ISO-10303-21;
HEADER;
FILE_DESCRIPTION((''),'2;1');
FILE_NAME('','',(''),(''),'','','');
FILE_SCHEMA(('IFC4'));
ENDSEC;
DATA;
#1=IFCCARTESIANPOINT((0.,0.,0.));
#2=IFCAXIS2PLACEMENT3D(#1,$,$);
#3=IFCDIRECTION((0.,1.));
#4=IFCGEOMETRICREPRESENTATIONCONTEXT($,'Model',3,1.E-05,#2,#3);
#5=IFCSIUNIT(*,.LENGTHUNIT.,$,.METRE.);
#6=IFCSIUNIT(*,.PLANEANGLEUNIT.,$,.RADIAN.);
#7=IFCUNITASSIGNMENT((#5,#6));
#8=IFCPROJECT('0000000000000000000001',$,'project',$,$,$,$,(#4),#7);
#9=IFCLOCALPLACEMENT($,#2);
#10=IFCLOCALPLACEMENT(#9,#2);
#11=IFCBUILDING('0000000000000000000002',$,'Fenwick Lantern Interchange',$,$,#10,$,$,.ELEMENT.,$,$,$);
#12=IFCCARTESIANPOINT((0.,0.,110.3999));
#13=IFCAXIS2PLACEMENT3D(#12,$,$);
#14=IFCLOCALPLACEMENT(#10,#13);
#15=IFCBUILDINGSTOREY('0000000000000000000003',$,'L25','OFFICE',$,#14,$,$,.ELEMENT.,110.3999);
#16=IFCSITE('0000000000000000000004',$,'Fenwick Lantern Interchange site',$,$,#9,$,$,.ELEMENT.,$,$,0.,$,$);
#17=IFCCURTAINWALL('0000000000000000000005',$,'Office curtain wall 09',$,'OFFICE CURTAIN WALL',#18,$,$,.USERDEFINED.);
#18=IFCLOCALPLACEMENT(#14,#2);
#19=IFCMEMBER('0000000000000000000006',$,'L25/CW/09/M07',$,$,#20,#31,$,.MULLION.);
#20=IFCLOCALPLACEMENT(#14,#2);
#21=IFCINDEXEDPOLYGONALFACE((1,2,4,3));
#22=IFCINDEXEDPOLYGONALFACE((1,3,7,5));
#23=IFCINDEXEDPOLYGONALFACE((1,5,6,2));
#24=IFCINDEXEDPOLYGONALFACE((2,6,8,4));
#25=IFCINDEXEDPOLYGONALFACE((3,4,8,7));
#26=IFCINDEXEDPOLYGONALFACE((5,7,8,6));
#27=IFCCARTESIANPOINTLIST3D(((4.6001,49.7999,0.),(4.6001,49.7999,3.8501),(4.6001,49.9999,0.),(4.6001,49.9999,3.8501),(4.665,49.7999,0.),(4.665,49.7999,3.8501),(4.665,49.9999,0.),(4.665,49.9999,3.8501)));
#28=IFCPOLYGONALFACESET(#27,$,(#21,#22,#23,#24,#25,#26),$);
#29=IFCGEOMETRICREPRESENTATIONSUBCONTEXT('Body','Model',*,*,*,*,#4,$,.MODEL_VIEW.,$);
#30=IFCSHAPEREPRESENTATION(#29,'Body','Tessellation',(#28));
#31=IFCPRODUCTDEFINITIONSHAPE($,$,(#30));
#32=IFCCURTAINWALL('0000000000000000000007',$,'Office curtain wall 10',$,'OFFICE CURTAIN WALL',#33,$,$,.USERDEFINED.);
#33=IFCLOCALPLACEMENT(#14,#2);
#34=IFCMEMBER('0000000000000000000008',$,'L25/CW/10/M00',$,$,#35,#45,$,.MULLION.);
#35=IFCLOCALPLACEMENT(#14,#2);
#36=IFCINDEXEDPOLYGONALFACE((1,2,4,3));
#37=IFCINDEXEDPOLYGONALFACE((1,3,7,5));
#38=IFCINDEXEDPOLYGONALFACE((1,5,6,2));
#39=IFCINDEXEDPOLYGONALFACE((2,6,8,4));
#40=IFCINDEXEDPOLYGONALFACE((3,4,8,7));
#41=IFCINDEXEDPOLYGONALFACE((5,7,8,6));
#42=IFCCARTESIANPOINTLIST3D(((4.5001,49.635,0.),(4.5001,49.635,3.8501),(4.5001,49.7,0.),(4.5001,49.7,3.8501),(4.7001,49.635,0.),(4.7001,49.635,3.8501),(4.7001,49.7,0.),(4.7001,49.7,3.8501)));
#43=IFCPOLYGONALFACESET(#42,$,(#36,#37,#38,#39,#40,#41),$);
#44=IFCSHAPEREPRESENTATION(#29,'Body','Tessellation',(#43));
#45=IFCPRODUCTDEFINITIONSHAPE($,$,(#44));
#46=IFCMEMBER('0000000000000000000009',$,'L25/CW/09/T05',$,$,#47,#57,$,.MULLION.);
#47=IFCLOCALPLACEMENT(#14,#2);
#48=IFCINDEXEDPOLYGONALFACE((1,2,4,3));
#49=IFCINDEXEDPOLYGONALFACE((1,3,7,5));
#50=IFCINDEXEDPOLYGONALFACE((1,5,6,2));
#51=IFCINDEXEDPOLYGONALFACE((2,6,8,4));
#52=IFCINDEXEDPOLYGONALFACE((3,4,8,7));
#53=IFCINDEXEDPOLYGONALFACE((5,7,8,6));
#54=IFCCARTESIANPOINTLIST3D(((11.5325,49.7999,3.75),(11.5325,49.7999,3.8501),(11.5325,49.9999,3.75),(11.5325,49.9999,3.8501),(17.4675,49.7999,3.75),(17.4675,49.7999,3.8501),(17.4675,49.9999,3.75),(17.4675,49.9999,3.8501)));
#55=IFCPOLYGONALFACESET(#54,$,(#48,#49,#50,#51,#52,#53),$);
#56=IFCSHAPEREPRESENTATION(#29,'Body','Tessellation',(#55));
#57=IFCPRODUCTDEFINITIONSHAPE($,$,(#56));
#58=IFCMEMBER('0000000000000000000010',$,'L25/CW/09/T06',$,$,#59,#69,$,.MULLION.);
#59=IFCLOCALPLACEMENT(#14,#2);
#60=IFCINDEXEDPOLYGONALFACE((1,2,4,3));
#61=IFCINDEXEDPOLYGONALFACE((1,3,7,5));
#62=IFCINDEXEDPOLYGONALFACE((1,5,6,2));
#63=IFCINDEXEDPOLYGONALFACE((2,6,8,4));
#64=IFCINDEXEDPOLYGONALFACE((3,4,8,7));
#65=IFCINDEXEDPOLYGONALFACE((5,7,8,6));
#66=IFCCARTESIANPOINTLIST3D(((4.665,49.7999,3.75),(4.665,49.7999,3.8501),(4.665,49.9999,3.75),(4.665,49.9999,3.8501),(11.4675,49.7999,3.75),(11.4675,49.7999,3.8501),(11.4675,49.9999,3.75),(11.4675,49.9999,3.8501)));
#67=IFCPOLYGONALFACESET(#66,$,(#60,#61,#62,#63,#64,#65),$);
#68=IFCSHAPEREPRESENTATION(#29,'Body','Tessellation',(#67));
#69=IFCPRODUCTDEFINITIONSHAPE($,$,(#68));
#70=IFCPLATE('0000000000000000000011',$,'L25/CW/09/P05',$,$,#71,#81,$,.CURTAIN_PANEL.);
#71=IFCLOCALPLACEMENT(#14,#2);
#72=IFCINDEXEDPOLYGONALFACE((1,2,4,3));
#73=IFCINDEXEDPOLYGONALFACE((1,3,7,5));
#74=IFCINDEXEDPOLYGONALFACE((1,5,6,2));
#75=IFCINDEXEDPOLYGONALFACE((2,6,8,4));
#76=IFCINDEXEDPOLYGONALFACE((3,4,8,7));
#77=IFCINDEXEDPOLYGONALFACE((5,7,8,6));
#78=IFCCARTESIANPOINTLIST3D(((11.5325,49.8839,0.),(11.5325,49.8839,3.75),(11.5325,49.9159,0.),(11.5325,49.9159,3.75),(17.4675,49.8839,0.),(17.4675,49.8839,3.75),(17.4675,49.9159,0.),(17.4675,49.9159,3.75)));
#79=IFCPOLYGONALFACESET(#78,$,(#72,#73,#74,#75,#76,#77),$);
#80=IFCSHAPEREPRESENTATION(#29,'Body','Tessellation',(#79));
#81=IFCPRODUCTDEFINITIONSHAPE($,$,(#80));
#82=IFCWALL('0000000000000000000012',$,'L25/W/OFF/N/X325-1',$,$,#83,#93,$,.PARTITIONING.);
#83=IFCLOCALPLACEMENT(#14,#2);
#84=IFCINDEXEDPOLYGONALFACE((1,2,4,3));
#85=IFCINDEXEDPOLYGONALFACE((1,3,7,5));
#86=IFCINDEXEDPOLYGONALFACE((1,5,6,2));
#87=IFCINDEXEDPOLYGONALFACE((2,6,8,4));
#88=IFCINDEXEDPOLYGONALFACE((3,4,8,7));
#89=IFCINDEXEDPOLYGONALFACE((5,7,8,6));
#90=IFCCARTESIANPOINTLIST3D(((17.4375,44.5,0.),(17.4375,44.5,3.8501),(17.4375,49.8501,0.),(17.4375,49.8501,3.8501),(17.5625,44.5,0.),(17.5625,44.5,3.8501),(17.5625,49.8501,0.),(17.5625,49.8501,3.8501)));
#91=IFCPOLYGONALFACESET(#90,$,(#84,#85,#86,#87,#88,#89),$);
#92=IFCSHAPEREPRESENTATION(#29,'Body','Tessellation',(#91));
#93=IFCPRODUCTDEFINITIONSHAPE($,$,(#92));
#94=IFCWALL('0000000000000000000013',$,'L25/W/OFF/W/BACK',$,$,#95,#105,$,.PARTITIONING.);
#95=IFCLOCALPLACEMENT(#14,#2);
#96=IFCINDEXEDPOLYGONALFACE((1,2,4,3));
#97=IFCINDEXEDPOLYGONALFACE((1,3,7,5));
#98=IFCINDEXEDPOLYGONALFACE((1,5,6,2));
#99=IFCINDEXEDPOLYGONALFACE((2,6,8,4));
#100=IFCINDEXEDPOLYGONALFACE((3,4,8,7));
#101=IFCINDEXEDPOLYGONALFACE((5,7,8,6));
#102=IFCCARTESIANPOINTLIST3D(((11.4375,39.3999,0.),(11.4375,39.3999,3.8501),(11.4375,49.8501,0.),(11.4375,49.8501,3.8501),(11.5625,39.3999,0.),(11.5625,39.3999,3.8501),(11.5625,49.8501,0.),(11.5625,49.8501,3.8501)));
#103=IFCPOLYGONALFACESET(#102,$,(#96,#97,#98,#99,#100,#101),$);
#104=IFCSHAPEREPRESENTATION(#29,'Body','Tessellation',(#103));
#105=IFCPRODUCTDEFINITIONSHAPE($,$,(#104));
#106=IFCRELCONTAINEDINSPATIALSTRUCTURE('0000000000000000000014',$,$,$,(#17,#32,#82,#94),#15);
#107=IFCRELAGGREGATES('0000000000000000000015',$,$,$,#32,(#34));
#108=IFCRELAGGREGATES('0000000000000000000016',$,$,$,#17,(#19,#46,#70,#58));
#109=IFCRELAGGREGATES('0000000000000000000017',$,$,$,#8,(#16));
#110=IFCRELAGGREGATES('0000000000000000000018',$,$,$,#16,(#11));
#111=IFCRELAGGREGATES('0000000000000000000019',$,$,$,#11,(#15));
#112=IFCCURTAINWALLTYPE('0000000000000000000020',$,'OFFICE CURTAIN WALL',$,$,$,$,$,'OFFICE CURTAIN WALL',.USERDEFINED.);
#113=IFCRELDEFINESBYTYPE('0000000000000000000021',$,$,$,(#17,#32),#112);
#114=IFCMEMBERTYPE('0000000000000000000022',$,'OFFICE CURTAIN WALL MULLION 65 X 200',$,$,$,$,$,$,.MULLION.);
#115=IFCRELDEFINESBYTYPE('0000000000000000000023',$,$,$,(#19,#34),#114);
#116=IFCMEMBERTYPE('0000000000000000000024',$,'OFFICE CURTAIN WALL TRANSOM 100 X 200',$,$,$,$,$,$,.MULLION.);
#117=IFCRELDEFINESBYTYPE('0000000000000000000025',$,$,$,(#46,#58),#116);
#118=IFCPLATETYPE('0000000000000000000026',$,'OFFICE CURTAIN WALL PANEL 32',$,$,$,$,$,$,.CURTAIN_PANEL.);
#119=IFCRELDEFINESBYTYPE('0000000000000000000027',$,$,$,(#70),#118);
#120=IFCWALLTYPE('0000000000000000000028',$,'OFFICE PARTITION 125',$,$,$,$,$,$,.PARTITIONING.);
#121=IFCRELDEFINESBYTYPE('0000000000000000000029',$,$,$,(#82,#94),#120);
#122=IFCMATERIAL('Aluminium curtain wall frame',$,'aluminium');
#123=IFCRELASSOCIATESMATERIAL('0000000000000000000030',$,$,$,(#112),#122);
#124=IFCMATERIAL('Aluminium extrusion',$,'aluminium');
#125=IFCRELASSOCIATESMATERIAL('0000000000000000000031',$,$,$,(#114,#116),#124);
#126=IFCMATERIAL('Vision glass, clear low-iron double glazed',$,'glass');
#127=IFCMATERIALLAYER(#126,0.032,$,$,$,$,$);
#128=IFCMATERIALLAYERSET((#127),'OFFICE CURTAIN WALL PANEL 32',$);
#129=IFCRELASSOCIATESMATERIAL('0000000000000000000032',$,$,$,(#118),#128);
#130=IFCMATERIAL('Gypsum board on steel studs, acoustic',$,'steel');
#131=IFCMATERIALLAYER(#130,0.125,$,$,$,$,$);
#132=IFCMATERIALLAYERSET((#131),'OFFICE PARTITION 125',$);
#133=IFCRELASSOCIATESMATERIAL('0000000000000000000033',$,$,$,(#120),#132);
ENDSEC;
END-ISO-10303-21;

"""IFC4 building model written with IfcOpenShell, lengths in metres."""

from ifc_helpers import new_model, si_unit, direction, frame, frame_2d, origin, origin_2d, place, context, subcontext, project, spatial, rectangle, extrude, material, layer, layer_set, material_profile, profile_set, type_object, element, aggregate, save


model = new_model("IFC4")

# Units and contexts
model_context = context("Model", 3, precision=1e-05, world=origin(), true_north=direction((0.0, 1.0)))
body_context = subcontext(model_context, "Body", "Model", "MODEL_VIEW")
ifc_project = project(units=[si_unit("LENGTHUNIT", "METRE"), si_unit("PLANEANGLEUNIT", "RADIAN")], contexts=[model_context])

# Site, building, storey
site_placement = place(None, origin())
site = spatial("IfcSite", under=ifc_project, at=site_placement, Name="Fenwick Lantern Interchange site", CompositionType="ELEMENT", RefElevation=0.0)
building_placement = place(site_placement, origin())
building = spatial("IfcBuilding", under=site, at=building_placement, Name="Fenwick Lantern Interchange", CompositionType="ELEMENT")
storey_placement = place(building_placement, frame((0.0, 0.0, 110.3999)))
storey = spatial("IfcBuildingStorey", under=building, at=storey_placement, Name="L25", Description="OFFICE", CompositionType="ELEMENT", Elevation=110.3999)

# Curtain wall, member
ifc_material_1 = material(Name="Aluminium curtain wall frame", Category="aluminium")
curtain_wall_type = type_object("IfcCurtainWallType", Name="OFFICE CURTAIN WALL", ElementType="OFFICE CURTAIN WALL", PredefinedType="USERDEFINED", material=ifc_material_1)
curtain_wall_1_placement = place(storey_placement, origin())
curtain_wall_1 = element("IfcCurtainWall", 1, at=curtain_wall_1_placement, inside=storey, type_object=curtain_wall_type, Name="Office curtain wall 09", ObjectType="OFFICE CURTAIN WALL", PredefinedType="USERDEFINED")
ifc_material_2 = material(Name="Aluminium extrusion", Category="aluminium")
ifc_material_profile_1 = material_profile(ifc_material_2, rectangle(XDim=0.2, YDim=0.0649, at=origin_2d()), Name="OFFICE CURTAIN WALL MULLION 65 X 200")
ifc_profile_set_1 = profile_set([ifc_material_profile_1], Name="Aluminium extrusion")
member_type_1 = type_object("IfcMemberType", Name="OFFICE CURTAIN WALL MULLION 65 X 200", PredefinedType="MULLION", material=ifc_profile_set_1)
member_1_placement = place(storey_placement, frame((4.6326, 49.8999, 0.0), z_axis=(0.0, 0.0, 1.0), x_axis=(0.0, -1.0, 0.0)))
member_1 = element("IfcMember", 2, at=member_1_placement, type_object=member_type_1, Name="L25/CW/09/M07", PredefinedType="MULLION", context=body_context, shape_type="SweptSolid", body=[
    extrude(rectangle(XDim=0.2, YDim=0.0649, at=origin_2d()), origin(), (0.0, 0.0, 1.0), 3.8501),
])

# Curtain wall, member
curtain_wall_2_placement = place(storey_placement, origin())
curtain_wall_2 = element("IfcCurtainWall", 3, at=curtain_wall_2_placement, inside=storey, type_object=curtain_wall_type, Name="Office curtain wall 10", ObjectType="OFFICE CURTAIN WALL", PredefinedType="USERDEFINED")
member_2_placement = place(storey_placement, frame((4.6001, 49.6675, 0.0), z_axis=(0.0, 0.0, 1.0), x_axis=(1.0, 0.0, 0.0)))
member_2 = element("IfcMember", 4, at=member_2_placement, type_object=member_type_1, Name="L25/CW/10/M00", PredefinedType="MULLION", context=body_context, shape_type="SweptSolid", body=[
    extrude(rectangle(XDim=0.2, YDim=0.0649, at=origin_2d()), origin(), (0.0, 0.0, 1.0), 3.8501),
])
aggregate(curtain_wall_2, [member_2])

# Members
ifc_material_profile_2 = material_profile(ifc_material_2, rectangle(XDim=0.2, YDim=0.1001, at=origin_2d()), Name="OFFICE CURTAIN WALL TRANSOM 100 X 200")
ifc_profile_set_2 = profile_set([ifc_material_profile_2], Name="Aluminium extrusion")
member_type_2 = type_object("IfcMemberType", Name="OFFICE CURTAIN WALL TRANSOM 100 X 200", PredefinedType="MULLION", material=ifc_profile_set_2)
member_3_placement = place(storey_placement, frame((17.4675, 49.8999, 3.8), z_axis=(-1.0, 0.0, 0.0), x_axis=(0.0, -1.0, 0.0)))
member_3 = element("IfcMember", 5, at=member_3_placement, type_object=member_type_2, Name="L25/CW/09/T05", PredefinedType="MULLION", context=body_context, shape_type="SweptSolid", body=[
    extrude(rectangle(XDim=0.2, YDim=0.1001, at=origin_2d()), origin(), (0.0, 0.0, 1.0), 5.9351),
])
member_4_placement = place(storey_placement, frame((11.4675, 49.8999, 3.8), z_axis=(-1.0, 0.0, 0.0), x_axis=(0.0, -1.0, 0.0)))
member_4 = element("IfcMember", 6, at=member_4_placement, type_object=member_type_2, Name="L25/CW/09/T06", PredefinedType="MULLION", context=body_context, shape_type="SweptSolid", body=[
    extrude(rectangle(XDim=0.2, YDim=0.1001, at=origin_2d()), origin(), (0.0, 0.0, 1.0), 6.8025),
])

# Plate
ifc_material_3 = material(Name="Vision glass, clear low-iron double glazed", Category="glass")
ifc_layer_1 = layer(ifc_material_3, 0.032)
ifc_layer_set_1 = layer_set([ifc_layer_1], Name="OFFICE CURTAIN WALL PANEL 32")
plate_type = type_object("IfcPlateType", Name="OFFICE CURTAIN WALL PANEL 32", PredefinedType="CURTAIN_PANEL", material=ifc_layer_set_1)
plate_placement = place(storey_placement, frame((14.5, 49.8999, 0.0), z_axis=(0.0, 0.0, 1.0), x_axis=(-1.0, 0.0, 0.0)))
plate = element("IfcPlate", 7, at=plate_placement, type_object=plate_type, Name="L25/CW/09/P05", PredefinedType="CURTAIN_PANEL", context=body_context, shape_type="SweptSolid", body=[
    extrude(rectangle(XDim=5.9351, YDim=0.032, at=origin_2d()), origin(), (0.0, 0.0, 1.0), 3.75),
])
aggregate(curtain_wall_1, [member_1, member_3, plate, member_4])

# Walls
ifc_material_4 = material(Name="Gypsum board on steel studs, acoustic", Category="steel")
ifc_layer_2 = layer(ifc_material_4, 0.125)
ifc_layer_set_2 = layer_set([ifc_layer_2], Name="OFFICE PARTITION 125")
wall_type = type_object("IfcWallType", Name="OFFICE PARTITION 125", PredefinedType="PARTITIONING", material=ifc_layer_set_2)
wall_1_placement = place(storey_placement, frame((17.5, 49.8501, 0.0), z_axis=(0.0, 0.0, 1.0), x_axis=(0.0, -1.0, 0.0)))
element("IfcWall", 8, at=wall_1_placement, inside=storey, type_object=wall_type, Name="L25/W/OFF/N/X325-1", PredefinedType="PARTITIONING", context=body_context, shape_type="SweptSolid", body=[
    extrude(rectangle(XDim=5.3501, YDim=0.125, at=frame_2d((2.675, 0.0))), origin(), (0.0, 0.0, 1.0), 3.8501),
])
wall_2_placement = place(storey_placement, frame((11.5, 49.8501, 0.0), z_axis=(0.0, 0.0, 1.0), x_axis=(0.0, -1.0, 0.0)))
element("IfcWall", 9, at=wall_2_placement, inside=storey, type_object=wall_type, Name="L25/W/OFF/W/BACK", PredefinedType="PARTITIONING", context=body_context, shape_type="SweptSolid", body=[
    extrude(rectangle(XDim=10.4502, YDim=0.125, at=frame_2d((5.2251, 0.0))), origin(), (0.0, 0.0, 1.0), 3.8501),
])

save(model, "model.ifc")
